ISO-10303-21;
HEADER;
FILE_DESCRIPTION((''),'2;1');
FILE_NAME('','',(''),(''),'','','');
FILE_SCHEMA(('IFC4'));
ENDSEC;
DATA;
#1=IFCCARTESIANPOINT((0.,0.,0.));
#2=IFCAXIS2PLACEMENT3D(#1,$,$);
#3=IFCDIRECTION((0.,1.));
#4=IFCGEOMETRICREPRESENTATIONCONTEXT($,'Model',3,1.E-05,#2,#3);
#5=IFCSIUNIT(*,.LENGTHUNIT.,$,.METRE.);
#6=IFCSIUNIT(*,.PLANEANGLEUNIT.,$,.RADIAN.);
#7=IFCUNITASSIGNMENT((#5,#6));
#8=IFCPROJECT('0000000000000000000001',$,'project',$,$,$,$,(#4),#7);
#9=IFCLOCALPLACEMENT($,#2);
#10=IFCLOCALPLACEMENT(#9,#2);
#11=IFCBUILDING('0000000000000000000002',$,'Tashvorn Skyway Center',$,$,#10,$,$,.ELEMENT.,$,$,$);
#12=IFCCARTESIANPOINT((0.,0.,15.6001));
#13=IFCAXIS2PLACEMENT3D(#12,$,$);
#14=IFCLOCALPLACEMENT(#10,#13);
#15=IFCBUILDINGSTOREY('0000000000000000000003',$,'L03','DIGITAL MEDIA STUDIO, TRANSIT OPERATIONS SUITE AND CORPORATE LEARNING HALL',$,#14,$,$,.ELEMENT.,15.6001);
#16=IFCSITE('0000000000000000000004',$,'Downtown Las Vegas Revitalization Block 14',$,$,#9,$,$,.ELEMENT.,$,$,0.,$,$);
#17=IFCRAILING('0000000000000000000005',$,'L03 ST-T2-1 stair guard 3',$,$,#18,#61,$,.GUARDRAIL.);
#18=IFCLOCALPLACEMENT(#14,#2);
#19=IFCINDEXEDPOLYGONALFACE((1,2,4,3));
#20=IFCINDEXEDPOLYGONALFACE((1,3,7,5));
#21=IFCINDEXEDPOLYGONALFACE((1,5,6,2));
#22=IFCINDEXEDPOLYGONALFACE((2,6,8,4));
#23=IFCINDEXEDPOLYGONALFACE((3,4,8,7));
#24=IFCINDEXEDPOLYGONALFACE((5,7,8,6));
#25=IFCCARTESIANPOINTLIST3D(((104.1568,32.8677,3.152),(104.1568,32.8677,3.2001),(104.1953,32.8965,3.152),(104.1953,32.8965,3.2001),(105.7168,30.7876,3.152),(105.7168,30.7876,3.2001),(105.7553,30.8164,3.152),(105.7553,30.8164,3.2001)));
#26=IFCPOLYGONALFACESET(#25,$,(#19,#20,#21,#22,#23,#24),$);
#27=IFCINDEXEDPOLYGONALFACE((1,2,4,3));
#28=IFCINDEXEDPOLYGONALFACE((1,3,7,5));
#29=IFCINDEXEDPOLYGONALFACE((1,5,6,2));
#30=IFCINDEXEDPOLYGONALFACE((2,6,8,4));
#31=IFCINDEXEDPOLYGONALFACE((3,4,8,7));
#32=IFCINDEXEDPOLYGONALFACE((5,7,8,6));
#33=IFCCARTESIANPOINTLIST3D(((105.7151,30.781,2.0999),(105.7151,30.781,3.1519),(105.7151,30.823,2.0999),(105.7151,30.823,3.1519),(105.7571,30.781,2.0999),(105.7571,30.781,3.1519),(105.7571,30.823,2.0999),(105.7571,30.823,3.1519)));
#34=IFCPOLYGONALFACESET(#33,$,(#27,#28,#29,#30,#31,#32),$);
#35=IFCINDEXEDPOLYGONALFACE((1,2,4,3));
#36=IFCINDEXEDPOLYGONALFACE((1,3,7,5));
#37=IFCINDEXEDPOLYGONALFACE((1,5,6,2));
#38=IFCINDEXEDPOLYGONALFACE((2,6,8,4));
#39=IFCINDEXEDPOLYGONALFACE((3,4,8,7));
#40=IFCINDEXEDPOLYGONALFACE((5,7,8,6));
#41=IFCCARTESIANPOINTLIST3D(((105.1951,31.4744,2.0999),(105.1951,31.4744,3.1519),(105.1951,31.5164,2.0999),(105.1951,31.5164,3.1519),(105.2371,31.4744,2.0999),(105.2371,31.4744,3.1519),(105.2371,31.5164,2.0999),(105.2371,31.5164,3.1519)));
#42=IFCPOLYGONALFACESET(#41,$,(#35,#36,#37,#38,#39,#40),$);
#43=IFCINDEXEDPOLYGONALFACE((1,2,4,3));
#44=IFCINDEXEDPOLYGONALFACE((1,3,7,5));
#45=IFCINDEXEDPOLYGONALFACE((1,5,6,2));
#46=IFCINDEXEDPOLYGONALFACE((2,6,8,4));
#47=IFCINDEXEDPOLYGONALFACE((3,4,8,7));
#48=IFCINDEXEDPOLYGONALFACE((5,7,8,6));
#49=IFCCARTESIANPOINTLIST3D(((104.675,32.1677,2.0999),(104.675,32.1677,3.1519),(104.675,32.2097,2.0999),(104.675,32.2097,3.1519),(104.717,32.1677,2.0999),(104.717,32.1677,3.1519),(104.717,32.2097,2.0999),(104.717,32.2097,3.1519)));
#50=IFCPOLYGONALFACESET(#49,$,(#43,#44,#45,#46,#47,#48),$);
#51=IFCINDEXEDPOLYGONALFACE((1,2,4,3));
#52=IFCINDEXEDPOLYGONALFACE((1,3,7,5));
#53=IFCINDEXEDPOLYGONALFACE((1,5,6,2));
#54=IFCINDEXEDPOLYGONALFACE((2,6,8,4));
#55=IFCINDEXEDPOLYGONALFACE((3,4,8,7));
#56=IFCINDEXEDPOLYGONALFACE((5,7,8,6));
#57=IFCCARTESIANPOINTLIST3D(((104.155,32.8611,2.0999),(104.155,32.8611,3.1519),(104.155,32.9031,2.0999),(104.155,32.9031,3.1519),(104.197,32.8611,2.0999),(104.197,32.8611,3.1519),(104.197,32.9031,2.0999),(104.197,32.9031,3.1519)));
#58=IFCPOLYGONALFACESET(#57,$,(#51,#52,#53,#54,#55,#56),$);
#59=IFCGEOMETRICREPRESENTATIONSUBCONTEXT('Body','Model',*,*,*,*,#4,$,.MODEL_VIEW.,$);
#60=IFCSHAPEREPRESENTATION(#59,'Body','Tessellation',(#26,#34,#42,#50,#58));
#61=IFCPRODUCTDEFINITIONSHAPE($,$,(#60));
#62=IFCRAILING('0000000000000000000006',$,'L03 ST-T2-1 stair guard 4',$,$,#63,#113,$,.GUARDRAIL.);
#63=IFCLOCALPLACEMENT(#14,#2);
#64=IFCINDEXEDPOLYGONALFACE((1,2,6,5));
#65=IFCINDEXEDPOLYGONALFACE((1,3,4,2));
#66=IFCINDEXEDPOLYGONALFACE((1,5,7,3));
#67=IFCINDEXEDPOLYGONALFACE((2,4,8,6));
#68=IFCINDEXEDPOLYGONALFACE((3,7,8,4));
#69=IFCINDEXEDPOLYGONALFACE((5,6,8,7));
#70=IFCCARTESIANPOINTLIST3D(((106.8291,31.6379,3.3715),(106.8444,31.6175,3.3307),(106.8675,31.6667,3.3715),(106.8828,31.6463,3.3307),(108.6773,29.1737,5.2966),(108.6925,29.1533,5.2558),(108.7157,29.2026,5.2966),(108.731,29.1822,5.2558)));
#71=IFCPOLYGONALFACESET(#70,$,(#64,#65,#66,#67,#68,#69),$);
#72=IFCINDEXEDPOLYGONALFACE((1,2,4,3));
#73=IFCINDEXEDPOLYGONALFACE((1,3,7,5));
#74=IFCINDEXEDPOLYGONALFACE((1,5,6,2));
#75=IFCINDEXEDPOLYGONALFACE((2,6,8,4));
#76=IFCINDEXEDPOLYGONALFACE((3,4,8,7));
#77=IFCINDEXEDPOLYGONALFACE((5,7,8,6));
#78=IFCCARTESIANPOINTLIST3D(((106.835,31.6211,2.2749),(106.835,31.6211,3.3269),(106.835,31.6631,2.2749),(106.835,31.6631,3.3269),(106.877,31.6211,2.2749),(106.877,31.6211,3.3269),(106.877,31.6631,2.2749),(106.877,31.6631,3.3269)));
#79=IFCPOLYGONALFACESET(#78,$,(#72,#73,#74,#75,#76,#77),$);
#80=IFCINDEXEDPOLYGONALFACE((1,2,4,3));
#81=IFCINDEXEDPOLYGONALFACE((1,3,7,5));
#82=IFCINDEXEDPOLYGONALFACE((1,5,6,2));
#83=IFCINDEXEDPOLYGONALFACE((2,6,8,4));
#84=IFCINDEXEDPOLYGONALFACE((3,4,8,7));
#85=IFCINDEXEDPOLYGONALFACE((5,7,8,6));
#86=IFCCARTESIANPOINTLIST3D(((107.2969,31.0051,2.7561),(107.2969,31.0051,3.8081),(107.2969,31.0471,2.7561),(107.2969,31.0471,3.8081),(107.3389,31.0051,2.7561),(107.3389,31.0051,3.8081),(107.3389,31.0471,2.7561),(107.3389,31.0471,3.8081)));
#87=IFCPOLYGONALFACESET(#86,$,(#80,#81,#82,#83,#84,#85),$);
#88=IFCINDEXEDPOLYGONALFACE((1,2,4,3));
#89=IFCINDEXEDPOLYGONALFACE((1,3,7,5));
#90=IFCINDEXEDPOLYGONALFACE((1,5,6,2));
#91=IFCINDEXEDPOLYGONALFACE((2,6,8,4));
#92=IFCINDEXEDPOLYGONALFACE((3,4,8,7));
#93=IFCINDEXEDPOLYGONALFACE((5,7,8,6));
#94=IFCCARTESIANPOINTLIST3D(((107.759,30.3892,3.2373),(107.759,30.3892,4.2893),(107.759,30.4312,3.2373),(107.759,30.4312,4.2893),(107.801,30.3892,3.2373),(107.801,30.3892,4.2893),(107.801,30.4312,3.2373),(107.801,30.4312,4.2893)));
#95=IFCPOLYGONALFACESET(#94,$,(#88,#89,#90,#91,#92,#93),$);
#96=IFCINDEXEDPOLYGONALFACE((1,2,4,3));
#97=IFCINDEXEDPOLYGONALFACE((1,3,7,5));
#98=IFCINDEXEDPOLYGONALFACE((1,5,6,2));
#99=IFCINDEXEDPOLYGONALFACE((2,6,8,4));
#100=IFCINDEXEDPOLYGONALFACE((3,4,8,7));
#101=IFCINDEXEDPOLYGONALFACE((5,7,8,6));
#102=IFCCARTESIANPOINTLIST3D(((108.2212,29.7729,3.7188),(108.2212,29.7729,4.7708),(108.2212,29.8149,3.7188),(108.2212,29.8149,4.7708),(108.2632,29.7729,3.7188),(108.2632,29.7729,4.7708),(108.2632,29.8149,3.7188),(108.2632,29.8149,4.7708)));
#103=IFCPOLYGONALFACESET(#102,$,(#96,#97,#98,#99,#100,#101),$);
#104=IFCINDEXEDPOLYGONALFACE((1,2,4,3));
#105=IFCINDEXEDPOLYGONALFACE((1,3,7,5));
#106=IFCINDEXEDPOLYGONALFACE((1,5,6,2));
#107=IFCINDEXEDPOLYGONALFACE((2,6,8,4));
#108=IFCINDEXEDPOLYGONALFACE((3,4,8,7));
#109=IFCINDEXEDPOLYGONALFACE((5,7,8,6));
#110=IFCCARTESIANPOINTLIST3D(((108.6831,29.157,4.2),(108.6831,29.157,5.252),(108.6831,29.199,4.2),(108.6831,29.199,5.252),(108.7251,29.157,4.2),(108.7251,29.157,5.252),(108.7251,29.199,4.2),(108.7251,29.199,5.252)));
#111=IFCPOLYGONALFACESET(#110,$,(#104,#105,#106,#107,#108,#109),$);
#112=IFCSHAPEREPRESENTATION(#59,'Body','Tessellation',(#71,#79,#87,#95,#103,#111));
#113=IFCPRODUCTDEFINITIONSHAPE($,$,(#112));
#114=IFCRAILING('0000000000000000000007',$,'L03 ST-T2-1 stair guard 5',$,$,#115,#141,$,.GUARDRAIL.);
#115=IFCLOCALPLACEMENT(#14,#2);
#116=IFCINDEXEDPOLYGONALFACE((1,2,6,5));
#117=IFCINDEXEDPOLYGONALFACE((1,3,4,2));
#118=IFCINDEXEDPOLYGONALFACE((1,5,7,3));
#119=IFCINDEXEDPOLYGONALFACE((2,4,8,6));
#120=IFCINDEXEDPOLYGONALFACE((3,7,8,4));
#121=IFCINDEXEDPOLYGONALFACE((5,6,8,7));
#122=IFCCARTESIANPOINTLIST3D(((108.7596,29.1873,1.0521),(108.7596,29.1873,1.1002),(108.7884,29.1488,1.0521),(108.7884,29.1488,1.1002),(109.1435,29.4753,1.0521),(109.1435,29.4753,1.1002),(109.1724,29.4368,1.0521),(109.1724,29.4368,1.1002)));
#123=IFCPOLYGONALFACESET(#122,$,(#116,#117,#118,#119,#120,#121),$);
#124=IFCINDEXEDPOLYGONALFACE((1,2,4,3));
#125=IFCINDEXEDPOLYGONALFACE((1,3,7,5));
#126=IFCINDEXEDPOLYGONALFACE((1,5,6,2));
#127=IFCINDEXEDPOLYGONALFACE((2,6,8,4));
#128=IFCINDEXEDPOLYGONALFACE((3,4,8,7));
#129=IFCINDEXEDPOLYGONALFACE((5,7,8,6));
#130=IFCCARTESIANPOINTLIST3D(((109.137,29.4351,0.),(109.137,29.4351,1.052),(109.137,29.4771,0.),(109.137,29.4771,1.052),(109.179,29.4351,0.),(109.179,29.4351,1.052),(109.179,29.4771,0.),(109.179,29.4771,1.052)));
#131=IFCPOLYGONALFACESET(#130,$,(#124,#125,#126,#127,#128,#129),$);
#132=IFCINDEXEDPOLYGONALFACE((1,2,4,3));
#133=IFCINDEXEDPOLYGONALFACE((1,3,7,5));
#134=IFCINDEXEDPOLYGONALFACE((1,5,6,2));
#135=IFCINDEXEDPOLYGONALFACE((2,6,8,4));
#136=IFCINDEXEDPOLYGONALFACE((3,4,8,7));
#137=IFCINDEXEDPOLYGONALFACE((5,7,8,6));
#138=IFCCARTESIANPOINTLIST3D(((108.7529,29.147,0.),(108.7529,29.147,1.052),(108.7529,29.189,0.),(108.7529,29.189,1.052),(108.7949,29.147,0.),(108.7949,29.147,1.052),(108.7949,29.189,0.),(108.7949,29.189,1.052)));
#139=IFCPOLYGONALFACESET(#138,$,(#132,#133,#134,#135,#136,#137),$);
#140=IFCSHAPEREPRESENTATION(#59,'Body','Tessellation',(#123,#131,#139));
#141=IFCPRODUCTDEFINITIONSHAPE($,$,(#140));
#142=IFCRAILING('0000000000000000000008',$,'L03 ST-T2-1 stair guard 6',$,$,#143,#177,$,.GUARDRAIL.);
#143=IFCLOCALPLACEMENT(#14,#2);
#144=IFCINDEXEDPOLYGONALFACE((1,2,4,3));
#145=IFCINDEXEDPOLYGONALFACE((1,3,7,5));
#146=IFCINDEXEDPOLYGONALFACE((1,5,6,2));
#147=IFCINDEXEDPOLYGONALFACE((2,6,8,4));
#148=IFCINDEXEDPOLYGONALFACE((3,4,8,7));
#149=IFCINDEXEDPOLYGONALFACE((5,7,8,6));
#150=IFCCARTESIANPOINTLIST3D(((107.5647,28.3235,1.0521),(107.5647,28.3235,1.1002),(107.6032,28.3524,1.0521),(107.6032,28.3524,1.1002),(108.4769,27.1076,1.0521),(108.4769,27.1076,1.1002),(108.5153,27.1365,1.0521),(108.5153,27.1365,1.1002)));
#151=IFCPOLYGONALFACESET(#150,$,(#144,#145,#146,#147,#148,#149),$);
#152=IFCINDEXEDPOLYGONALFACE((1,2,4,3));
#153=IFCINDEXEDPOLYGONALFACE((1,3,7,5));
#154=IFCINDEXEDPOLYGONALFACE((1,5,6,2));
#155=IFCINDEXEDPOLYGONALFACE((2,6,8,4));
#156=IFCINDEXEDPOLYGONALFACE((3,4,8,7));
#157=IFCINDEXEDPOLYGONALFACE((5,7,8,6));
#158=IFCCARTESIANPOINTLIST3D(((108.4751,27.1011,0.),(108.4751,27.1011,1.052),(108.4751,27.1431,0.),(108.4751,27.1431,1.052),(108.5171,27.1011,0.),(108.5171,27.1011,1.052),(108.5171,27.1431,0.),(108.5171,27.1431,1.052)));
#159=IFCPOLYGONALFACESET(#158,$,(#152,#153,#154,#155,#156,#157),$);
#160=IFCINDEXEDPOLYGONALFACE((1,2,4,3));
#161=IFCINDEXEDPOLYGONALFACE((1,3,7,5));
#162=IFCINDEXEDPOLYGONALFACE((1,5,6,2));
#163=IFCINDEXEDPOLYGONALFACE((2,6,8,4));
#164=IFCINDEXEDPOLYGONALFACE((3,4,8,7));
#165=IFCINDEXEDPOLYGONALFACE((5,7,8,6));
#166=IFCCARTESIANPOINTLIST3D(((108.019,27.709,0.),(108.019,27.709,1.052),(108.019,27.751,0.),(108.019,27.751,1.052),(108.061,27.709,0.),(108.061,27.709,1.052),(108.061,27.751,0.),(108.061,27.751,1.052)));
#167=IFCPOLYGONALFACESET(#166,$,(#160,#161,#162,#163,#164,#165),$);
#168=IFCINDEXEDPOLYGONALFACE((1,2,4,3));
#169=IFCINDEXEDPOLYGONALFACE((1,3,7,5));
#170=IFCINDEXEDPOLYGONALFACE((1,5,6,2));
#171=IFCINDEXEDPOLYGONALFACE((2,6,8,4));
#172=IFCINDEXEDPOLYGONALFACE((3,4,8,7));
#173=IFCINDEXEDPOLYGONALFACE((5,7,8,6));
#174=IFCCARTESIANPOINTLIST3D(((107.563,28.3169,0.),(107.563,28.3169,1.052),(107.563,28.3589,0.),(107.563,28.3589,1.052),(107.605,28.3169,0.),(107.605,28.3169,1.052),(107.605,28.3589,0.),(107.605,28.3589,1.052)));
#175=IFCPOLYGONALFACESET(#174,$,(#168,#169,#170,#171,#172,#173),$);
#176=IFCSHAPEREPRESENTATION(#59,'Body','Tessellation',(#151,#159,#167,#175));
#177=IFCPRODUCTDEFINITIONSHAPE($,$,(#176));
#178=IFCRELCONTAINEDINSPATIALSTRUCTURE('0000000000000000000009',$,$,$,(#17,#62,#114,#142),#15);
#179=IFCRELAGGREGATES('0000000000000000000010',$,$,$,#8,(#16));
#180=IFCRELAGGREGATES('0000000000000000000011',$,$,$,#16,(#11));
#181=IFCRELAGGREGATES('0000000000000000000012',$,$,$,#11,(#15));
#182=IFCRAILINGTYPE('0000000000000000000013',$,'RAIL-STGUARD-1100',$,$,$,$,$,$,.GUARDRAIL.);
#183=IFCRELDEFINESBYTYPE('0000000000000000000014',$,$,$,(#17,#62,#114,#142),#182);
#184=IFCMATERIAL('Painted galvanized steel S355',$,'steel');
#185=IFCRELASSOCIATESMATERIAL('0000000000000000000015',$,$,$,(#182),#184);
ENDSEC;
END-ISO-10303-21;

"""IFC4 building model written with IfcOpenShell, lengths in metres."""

from ifc_helpers import new_model, si_unit, direction, frame, origin, origin_2d, place, context, subcontext, project, spatial, rectangle, extrude, material, type_object, element, save


model = new_model("IFC4")

# Units and contexts
model_context = context("Model", 3, precision=1e-05, world=origin(), true_north=direction((0.0, 1.0)))
body_context = subcontext(model_context, "Body", "Model", "MODEL_VIEW")
ifc_project = project(units=[si_unit("LENGTHUNIT", "METRE"), si_unit("PLANEANGLEUNIT", "RADIAN")], contexts=[model_context])

# Site, building, storey
site_placement = place(None, origin())
site = spatial("IfcSite", under=ifc_project, at=site_placement, Name="Downtown Las Vegas Revitalization Block 14", CompositionType="ELEMENT", RefElevation=0.0)
building_placement = place(site_placement, origin())
building = spatial("IfcBuilding", under=site, at=building_placement, Name="Tashvorn Skyway Center", CompositionType="ELEMENT")
storey_placement = place(building_placement, frame((0.0, 0.0, 15.6001)))
storey = spatial("IfcBuildingStorey", under=building, at=storey_placement, Name="L03", Description="DIGITAL MEDIA STUDIO, TRANSIT OPERATIONS SUITE AND CORPORATE LEARNING HALL", CompositionType="ELEMENT", Elevation=15.6001)

# Railings
ifc_material_1 = material(Name="Painted galvanized steel S355", Category="steel")
railing_type_1 = type_object("IfcRailingType", Name="RAIL-STGUARD-1100", PredefinedType="GUARDRAIL", material=ifc_material_1)
railing_1_placement = place(storey_placement, frame((105.7361, 30.802, 2.0999)))
element("IfcRailing", 1, at=railing_1_placement, inside=storey, type_object=railing_type_1, Name="L03 ST-T2-1 stair guard 3", PredefinedType="GUARDRAIL", context=body_context, shape_type="SweptSolid", body=[
    extrude(rectangle(XDim=0.0481, YDim=0.0481, at=origin_2d()), frame((0.0, 0.0, 1.0762), z_axis=(-0.6, 0.8, 0.0), x_axis=(-0.8, -0.6, 0.0)), (0.0, 0.0, 1.0), 2.6001),
    extrude(rectangle(XDim=0.042, YDim=0.042, at=origin_2d()), origin(), (0.0, 0.0, 1.0), 1.052),
    extrude(rectangle(XDim=0.042, YDim=0.042, at=origin_2d()), frame((-0.52, 0.6934, 0.0)), (0.0, 0.0, 1.0), 1.052),
    extrude(rectangle(XDim=0.042, YDim=0.042, at=origin_2d()), frame((-1.04, 1.3867, 0.0)), (0.0, 0.0, 1.0), 1.052),
    extrude(rectangle(XDim=0.042, YDim=0.042, at=origin_2d()), frame((-1.5601, 2.0801, 0.0)), (0.0, 0.0, 1.0), 1.052),
])
railing_2_placement = place(storey_placement, frame((106.856, 31.6421, 2.2749)))
element("IfcRailing", 2, at=railing_2_placement, inside=storey, type_object=railing_type_1, Name="L03 ST-T2-1 stair guard 4", PredefinedType="GUARDRAIL", context=body_context, shape_type="SweptSolid", body=[
    extrude(rectangle(XDim=0.0481, YDim=0.0481, at=origin_2d()), frame((0.0, 0.0, 1.0762), z_axis=(0.508814, -0.678397, 0.529987), x_axis=(0.79999, 0.600013, 0.0)), (0.0, 0.0, 1.0), 3.6323),
    extrude(rectangle(XDim=0.042, YDim=0.042, at=origin_2d()), origin(), (0.0, 0.0, 1.0), 1.052),
    extrude(rectangle(XDim=0.042, YDim=0.042, at=origin_2d()), frame((0.4619, -0.616, 0.4812)), (0.0, 0.0, 1.0), 1.052),
    extrude(rectangle(XDim=0.042, YDim=0.042, at=origin_2d()), frame((0.9241, -1.2319, 0.9624)), (0.0, 0.0, 1.0), 1.052),
    extrude(rectangle(XDim=0.042, YDim=0.042, at=origin_2d()), frame((1.3862, -1.8481, 1.4438)), (0.0, 0.0, 1.0), 1.052),
    extrude(rectangle(XDim=0.042, YDim=0.042, at=origin_2d()), frame((1.8481, -2.4641, 1.925)), (0.0, 0.0, 1.0), 1.052),
])
railing_3_placement = place(storey_placement, frame((109.158, 29.4561, 0.0)))
element("IfcRailing", 3, at=railing_3_placement, inside=storey, type_object=railing_type_1, Name="L03 ST-T2-1 stair guard 5", PredefinedType="GUARDRAIL", context=body_context, shape_type="SweptSolid", body=[
    extrude(rectangle(XDim=0.0481, YDim=0.0481, at=origin_2d()), frame((0.0, 0.0, 1.0762), z_axis=(-0.799939, -0.600081, 0.0), x_axis=(0.600081, -0.799939, 0.0)), (0.0, 0.0, 1.0), 0.48),
    extrude(rectangle(XDim=0.042, YDim=0.042, at=origin_2d()), origin(), (0.0, 0.0, 1.0), 1.052),
    extrude(rectangle(XDim=0.042, YDim=0.042, at=origin_2d()), frame((-0.384, -0.2881, 0.0)), (0.0, 0.0, 1.0), 1.052),
])
railing_4_placement = place(storey_placement, frame((108.4961, 27.1221, 0.0)))
element("IfcRailing", 4, at=railing_4_placement, inside=storey, type_object=railing_type_1, Name="L03 ST-T2-1 stair guard 6", PredefinedType="GUARDRAIL", context=body_context, shape_type="SweptSolid", body=[
    extrude(rectangle(XDim=0.0481, YDim=0.0481, at=origin_2d()), frame((0.0, 0.0, 1.0762), z_axis=(-0.600103, 0.799923, 0.0), x_axis=(-0.799923, -0.600103, 0.0)), (0.0, 0.0, 1.0), 1.52),
    extrude(rectangle(XDim=0.042, YDim=0.042, at=origin_2d()), origin(), (0.0, 0.0, 1.0), 1.052),
    extrude(rectangle(XDim=0.042, YDim=0.042, at=origin_2d()), frame((-0.4561, 0.6079, 0.0)), (0.0, 0.0, 1.0), 1.052),
    extrude(rectangle(XDim=0.042, YDim=0.042, at=origin_2d()), frame((-0.9121, 1.2158, 0.0)), (0.0, 0.0, 1.0), 1.052),
])

save(model, "model.ifc")
